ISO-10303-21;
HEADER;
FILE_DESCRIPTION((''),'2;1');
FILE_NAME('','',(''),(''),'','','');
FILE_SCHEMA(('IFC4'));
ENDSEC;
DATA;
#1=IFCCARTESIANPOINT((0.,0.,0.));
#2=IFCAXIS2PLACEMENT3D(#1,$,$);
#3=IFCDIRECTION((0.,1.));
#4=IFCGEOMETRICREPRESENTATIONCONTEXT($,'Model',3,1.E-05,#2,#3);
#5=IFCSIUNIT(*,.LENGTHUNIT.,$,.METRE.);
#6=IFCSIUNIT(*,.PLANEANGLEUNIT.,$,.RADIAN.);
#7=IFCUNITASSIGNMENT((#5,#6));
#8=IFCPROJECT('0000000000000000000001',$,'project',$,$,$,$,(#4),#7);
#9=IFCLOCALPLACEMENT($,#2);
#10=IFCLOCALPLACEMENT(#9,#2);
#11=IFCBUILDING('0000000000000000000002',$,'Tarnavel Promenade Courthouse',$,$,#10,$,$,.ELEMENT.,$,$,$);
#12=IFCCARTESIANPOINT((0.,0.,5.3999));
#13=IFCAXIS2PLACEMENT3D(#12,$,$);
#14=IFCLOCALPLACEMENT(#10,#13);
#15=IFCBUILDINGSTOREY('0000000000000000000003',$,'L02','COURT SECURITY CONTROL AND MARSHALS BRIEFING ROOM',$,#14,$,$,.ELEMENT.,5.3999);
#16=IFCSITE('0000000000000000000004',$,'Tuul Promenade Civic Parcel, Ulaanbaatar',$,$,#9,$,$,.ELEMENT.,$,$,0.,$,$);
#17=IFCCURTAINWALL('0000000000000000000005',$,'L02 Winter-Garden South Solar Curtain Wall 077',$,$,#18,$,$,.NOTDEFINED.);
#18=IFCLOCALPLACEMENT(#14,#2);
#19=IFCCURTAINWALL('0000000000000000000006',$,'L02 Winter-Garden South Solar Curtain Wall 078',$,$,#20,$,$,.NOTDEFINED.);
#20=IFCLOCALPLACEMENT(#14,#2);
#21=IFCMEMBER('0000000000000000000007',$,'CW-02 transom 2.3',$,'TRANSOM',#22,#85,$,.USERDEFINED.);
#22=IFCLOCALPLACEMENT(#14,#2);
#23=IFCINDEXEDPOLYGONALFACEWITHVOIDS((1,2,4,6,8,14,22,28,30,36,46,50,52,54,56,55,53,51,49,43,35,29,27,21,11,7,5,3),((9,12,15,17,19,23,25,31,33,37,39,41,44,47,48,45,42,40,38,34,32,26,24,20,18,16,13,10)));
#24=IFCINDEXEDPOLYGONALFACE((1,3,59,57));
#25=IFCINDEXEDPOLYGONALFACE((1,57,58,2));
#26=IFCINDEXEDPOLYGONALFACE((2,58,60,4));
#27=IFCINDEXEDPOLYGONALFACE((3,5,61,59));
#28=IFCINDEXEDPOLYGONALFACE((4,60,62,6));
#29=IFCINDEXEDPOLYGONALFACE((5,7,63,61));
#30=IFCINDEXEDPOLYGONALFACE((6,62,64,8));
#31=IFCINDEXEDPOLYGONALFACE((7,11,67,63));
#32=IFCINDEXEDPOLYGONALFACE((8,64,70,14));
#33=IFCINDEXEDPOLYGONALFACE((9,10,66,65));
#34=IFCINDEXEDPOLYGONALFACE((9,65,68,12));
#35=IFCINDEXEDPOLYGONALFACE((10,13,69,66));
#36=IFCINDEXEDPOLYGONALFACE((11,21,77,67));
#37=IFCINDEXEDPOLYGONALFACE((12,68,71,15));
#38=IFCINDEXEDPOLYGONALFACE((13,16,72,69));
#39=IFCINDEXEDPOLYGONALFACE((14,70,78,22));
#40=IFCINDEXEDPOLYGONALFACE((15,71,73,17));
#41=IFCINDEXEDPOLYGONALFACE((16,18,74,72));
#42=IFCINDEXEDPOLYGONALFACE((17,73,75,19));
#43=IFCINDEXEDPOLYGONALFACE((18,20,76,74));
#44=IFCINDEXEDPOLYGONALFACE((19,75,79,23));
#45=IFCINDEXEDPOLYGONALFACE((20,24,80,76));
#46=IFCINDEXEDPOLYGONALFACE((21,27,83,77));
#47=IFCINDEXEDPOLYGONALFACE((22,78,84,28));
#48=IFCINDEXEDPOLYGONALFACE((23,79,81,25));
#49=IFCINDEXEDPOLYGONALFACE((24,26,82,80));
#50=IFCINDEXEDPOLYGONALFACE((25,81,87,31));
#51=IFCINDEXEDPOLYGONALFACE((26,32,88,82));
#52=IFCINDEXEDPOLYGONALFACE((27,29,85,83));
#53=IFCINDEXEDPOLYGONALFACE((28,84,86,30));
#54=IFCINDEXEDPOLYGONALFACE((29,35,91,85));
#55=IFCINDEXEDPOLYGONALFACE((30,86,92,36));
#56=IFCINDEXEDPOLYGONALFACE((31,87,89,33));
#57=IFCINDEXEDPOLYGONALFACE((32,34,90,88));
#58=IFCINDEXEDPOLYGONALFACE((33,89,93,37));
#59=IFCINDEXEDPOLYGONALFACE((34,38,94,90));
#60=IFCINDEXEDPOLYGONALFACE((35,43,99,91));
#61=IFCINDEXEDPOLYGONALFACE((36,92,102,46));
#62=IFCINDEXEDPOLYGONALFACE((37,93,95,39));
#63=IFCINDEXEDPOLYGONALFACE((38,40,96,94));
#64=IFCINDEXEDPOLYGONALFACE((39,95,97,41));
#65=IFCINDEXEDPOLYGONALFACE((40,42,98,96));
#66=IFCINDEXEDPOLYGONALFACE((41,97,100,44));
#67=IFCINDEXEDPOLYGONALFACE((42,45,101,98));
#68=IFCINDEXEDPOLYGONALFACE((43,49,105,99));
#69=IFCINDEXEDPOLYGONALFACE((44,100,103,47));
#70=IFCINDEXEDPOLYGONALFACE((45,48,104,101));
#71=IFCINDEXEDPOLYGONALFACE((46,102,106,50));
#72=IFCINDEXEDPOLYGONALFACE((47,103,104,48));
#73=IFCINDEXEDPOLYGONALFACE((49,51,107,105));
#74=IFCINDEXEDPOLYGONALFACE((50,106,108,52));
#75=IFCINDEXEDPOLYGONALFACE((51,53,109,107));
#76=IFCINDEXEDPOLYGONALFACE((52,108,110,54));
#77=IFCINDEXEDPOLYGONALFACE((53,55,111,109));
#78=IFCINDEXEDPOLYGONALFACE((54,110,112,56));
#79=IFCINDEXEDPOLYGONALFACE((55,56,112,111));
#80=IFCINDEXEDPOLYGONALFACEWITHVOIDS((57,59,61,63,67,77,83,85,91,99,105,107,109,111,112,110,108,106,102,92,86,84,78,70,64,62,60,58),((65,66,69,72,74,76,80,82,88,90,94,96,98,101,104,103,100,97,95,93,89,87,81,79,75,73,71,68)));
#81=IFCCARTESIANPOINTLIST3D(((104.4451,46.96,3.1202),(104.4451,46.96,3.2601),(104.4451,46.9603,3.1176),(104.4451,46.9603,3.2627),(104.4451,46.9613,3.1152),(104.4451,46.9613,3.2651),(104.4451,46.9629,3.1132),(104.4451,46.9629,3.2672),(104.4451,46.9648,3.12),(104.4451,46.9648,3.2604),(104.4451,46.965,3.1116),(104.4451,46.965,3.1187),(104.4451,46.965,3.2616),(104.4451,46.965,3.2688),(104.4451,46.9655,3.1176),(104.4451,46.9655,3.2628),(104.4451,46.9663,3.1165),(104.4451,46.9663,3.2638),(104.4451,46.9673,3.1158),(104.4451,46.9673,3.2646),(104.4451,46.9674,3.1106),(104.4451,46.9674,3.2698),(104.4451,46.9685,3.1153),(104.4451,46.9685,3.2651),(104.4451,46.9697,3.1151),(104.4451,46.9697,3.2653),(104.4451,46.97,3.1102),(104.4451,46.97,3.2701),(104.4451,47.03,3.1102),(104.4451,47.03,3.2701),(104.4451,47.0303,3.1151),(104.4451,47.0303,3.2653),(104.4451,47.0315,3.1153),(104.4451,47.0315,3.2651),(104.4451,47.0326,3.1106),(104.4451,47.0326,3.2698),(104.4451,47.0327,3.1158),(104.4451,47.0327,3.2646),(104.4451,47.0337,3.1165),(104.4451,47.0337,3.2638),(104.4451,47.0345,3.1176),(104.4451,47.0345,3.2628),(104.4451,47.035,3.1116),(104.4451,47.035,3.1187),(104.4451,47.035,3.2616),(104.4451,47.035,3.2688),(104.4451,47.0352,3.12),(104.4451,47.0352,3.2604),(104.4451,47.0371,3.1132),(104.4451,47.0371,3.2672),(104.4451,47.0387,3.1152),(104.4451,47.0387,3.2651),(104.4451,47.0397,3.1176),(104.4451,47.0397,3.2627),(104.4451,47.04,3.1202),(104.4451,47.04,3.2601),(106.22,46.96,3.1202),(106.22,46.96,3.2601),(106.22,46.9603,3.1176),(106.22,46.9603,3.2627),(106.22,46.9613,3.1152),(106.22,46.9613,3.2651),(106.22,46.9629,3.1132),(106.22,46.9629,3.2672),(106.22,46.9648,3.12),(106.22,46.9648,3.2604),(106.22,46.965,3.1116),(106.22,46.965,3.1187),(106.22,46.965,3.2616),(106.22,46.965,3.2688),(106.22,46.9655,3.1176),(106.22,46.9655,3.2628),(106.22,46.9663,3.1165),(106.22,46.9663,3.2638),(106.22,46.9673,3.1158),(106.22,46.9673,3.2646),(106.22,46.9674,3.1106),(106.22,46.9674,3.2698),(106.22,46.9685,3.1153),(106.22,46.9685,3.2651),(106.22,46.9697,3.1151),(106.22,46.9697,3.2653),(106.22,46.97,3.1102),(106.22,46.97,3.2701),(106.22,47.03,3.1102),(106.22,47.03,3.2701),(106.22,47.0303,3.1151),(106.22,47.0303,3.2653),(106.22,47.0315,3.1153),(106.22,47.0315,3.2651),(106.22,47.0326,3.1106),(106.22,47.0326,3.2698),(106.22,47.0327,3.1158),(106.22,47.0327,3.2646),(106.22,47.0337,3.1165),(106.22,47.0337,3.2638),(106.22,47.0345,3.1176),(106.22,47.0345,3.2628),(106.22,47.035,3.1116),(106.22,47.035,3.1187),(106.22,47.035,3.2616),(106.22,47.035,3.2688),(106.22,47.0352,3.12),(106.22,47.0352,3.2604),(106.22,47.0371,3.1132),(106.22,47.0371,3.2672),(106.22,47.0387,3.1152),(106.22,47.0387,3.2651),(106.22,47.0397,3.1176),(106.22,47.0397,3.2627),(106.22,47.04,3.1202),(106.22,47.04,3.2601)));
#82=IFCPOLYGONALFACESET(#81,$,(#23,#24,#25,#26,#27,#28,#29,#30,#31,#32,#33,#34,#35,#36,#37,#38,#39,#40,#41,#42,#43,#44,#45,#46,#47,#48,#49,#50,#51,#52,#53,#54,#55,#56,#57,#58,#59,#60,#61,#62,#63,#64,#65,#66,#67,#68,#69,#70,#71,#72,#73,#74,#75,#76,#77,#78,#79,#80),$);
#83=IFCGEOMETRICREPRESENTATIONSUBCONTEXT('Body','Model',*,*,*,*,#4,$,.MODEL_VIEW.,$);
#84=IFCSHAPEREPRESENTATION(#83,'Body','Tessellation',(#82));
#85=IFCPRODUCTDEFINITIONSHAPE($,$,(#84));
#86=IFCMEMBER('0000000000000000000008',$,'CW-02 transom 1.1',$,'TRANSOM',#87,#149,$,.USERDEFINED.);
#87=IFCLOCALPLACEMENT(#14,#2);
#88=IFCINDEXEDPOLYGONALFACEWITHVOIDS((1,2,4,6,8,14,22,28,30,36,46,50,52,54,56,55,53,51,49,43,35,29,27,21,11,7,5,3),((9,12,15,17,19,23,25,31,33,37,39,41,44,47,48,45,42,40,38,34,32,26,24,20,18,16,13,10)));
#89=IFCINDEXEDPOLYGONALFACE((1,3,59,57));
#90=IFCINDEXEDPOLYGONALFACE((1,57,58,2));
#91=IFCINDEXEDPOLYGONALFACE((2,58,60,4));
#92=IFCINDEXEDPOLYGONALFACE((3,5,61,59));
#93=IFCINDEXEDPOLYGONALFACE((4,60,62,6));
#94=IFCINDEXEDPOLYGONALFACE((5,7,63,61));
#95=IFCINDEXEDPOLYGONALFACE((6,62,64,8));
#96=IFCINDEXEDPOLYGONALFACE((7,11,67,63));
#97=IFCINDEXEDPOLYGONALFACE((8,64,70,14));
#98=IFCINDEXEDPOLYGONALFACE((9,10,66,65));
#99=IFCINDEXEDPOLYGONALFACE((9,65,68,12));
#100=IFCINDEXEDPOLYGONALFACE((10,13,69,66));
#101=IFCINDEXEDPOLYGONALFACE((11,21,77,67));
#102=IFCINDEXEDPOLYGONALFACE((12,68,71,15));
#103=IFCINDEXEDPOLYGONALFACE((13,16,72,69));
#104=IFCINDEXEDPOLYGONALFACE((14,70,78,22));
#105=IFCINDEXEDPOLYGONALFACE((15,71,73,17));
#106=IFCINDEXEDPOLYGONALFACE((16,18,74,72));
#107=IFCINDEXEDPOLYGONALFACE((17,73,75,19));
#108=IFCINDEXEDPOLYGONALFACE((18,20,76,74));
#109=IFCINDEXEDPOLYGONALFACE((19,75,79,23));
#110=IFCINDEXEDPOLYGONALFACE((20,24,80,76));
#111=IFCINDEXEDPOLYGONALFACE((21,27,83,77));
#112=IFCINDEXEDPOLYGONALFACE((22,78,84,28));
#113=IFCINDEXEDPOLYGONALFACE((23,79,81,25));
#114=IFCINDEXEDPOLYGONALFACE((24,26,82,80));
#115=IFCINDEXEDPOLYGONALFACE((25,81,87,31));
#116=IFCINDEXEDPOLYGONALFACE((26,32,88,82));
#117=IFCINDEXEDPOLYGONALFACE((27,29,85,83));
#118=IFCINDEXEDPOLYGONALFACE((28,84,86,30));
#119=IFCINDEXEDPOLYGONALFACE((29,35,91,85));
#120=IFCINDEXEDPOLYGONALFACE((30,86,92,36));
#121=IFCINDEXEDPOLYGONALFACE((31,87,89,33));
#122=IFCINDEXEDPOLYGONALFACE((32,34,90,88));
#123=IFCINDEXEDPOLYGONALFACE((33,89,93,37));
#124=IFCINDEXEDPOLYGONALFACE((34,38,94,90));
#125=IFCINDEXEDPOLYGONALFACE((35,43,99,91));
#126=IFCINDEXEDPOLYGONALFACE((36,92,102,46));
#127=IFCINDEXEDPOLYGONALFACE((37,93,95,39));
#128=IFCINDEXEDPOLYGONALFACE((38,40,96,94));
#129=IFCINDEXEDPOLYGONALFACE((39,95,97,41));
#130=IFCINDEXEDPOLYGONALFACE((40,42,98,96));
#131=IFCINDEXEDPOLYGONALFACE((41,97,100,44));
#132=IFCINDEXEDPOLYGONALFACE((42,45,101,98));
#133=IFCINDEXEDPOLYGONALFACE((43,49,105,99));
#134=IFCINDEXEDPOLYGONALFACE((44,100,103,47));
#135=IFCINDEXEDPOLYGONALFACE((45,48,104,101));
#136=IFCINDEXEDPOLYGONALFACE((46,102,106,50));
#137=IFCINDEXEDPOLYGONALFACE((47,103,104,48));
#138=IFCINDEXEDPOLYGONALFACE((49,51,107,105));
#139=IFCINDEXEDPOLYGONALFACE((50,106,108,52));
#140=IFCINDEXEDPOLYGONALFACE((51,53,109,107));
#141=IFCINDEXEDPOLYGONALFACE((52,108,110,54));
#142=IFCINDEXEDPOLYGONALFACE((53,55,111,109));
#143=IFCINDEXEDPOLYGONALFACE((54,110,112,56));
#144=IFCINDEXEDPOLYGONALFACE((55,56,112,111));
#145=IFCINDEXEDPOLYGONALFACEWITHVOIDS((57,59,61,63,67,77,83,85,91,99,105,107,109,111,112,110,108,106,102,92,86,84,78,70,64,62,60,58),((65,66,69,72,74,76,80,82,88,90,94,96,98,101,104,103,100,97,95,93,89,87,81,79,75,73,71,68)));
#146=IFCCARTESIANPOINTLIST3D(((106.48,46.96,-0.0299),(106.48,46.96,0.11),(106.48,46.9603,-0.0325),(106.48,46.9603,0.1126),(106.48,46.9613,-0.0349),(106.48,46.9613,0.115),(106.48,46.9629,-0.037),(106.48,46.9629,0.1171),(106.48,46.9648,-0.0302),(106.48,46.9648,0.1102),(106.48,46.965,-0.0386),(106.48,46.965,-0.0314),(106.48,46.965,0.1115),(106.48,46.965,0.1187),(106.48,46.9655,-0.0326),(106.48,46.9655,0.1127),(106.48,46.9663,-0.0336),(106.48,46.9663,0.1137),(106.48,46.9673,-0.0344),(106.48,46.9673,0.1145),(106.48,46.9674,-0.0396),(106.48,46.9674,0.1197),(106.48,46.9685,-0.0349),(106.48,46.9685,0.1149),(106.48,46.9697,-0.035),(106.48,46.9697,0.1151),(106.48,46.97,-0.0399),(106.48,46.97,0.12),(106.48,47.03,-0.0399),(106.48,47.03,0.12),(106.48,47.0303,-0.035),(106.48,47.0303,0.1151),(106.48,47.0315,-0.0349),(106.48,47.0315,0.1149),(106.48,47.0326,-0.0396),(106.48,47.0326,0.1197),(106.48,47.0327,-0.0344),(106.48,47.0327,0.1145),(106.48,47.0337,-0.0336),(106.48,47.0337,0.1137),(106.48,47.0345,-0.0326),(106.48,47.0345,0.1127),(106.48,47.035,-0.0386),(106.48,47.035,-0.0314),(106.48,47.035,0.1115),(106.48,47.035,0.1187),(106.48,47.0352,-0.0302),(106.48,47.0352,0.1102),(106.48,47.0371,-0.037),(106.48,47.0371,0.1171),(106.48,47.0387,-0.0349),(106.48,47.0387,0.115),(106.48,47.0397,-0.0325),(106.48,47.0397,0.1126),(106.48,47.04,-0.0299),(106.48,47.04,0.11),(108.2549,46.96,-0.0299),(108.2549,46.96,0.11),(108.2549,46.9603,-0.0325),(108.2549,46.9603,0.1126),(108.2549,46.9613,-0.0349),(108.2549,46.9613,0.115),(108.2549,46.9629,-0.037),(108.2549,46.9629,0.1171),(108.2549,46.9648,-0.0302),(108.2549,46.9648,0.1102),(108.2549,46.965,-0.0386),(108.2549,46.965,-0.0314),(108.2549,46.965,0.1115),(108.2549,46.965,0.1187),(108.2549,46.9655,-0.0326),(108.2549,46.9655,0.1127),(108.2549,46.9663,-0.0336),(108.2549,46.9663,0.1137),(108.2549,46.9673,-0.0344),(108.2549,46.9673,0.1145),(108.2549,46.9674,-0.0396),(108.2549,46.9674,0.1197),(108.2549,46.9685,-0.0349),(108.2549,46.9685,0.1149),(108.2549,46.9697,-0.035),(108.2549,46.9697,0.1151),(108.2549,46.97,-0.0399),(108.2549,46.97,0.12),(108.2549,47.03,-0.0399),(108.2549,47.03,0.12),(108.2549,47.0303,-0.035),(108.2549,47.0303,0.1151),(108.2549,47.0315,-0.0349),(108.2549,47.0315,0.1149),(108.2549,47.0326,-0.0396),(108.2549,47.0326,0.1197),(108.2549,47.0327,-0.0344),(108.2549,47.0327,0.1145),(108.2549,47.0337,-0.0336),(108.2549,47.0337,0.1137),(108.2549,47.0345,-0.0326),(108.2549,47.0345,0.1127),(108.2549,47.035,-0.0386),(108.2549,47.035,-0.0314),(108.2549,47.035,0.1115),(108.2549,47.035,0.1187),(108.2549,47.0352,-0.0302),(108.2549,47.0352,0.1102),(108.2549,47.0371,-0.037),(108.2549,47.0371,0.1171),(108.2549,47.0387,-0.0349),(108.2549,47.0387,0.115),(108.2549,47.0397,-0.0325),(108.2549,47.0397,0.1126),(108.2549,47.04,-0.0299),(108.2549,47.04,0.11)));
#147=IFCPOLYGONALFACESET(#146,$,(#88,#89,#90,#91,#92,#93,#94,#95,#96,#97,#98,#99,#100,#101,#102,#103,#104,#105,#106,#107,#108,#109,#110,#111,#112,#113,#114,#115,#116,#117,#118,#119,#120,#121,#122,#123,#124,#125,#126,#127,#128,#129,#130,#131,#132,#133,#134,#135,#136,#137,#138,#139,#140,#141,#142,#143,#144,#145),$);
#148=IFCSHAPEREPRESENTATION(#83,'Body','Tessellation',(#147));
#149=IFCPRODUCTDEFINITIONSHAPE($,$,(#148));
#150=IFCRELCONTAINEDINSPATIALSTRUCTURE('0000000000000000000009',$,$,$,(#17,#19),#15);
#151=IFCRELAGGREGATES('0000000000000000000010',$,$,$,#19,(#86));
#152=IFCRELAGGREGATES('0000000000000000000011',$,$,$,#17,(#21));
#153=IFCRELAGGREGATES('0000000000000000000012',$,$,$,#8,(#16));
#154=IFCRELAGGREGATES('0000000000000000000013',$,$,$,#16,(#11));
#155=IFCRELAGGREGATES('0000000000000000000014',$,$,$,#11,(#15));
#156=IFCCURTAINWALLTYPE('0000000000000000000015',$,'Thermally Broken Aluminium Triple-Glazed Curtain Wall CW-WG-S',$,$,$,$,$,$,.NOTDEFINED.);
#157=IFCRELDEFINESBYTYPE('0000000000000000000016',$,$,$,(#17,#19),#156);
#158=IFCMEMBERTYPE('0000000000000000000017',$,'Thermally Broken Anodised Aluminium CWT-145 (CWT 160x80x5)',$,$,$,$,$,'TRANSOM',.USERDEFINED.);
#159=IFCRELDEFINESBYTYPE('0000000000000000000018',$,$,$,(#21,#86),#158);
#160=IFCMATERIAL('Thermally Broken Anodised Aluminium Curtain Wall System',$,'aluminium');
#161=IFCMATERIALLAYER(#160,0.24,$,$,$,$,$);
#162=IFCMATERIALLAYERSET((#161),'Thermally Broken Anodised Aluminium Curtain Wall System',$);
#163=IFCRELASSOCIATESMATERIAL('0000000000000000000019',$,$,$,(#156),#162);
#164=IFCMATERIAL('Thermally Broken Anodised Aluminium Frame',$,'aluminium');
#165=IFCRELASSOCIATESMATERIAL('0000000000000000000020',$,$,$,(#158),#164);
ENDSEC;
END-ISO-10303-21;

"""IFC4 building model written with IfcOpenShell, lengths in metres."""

from ifc_helpers import new_model, si_unit, direction, frame, origin, origin_2d, place, context, subcontext, project, spatial, hollow_rectangle, extrude, material, layer, layer_set, material_profile, profile_set, type_object, element, aggregate, save


model = new_model("IFC4")

# Units and contexts
model_context = context("Model", 3, precision=1e-05, world=origin(), true_north=direction((0.0, 1.0)))
body_context = subcontext(model_context, "Body", "Model", "MODEL_VIEW")
ifc_project = project(units=[si_unit("LENGTHUNIT", "METRE"), si_unit("PLANEANGLEUNIT", "RADIAN")], contexts=[model_context])

# Site, building, storey
site_placement = place(None, origin())
site = spatial("IfcSite", under=ifc_project, at=site_placement, Name="Tuul Promenade Civic Parcel, Ulaanbaatar", CompositionType="ELEMENT", RefElevation=0.0)
building_placement = place(site_placement, origin())
building = spatial("IfcBuilding", under=site, at=building_placement, Name="Tarnavel Promenade Courthouse", CompositionType="ELEMENT")
storey_placement = place(building_placement, frame((0.0, 0.0, 5.3999)))
storey = spatial("IfcBuildingStorey", under=building, at=storey_placement, Name="L02", Description="COURT SECURITY CONTROL AND MARSHALS BRIEFING ROOM", CompositionType="ELEMENT", Elevation=5.3999)

# Shared definitions
ifc_material_1 = material(Name="Thermally Broken Anodised Aluminium Curtain Wall System", Category="aluminium")
ifc_layer_1 = layer(ifc_material_1, 0.24)
ifc_layer_set_1 = layer_set([ifc_layer_1], Name="Thermally Broken Anodised Aluminium Curtain Wall System")
curtain_wall_type = type_object("IfcCurtainWallType", Name="Thermally Broken Aluminium Triple-Glazed Curtain Wall CW-WG-S", PredefinedType="NOTDEFINED", material=ifc_layer_set_1)
ifc_material_2 = material(Name="Thermally Broken Anodised Aluminium Frame", Category="aluminium")

# Curtain wall
curtain_wall_1_placement = place(storey_placement, origin())
curtain_wall_1 = element("IfcCurtainWall", 1, at=curtain_wall_1_placement, inside=storey, type_object=curtain_wall_type, Name="L02 Winter-Garden South Solar Curtain Wall 077", PredefinedType="NOTDEFINED")

# Curtain wall
curtain_wall_2_placement = place(storey_placement, origin())
curtain_wall_2 = element("IfcCurtainWall", 2, at=curtain_wall_2_placement, inside=storey, type_object=curtain_wall_type, Name="L02 Winter-Garden South Solar Curtain Wall 078", PredefinedType="NOTDEFINED")

# Members
ifc_material_profile_1 = material_profile(ifc_material_2, hollow_rectangle(XDim=0.0801, YDim=0.1599, WallThickness=0.0049, InnerFilletRadius=0.0049, OuterFilletRadius=0.01, at=origin_2d()), Name="CWT 160x80x5")
ifc_profile_set_1 = profile_set([ifc_material_profile_1], Name="Thermally Broken Anodised Aluminium Frame")
member_type_1 = type_object("IfcMemberType", Name="Thermally Broken Anodised Aluminium CWT-145 (CWT 160x80x5)", ElementType="TRANSOM", PredefinedType="USERDEFINED", material=ifc_profile_set_1)
member_1_placement = place(storey_placement, frame((104.4451, 47.0, 3.1902), z_axis=(1.0, 0.0, 0.0), x_axis=(0.0, 1.0, 0.0)))
member_1 = element("IfcMember", 3, at=member_1_placement, type_object=member_type_1, Name="CW-02 transom 2.3", ObjectType="TRANSOM", PredefinedType="USERDEFINED", context=body_context, shape_type="SweptSolid", body=[
    extrude(hollow_rectangle(XDim=0.0801, YDim=0.1599, WallThickness=0.0049, InnerFilletRadius=0.0049, OuterFilletRadius=0.01, at=origin_2d()), origin(), (0.0, 0.0, 1.0), 1.7749),
])
member_2_placement = place(storey_placement, frame((106.48, 47.0, 0.04), z_axis=(1.0, 0.0, 0.0), x_axis=(0.0, 1.0, 0.0)))
member_2 = element("IfcMember", 4, at=member_2_placement, type_object=member_type_1, Name="CW-02 transom 1.1", ObjectType="TRANSOM", PredefinedType="USERDEFINED", context=body_context, shape_type="SweptSolid", body=[
    extrude(hollow_rectangle(XDim=0.0801, YDim=0.1599, WallThickness=0.0049, InnerFilletRadius=0.0049, OuterFilletRadius=0.01, at=origin_2d()), origin(), (0.0, 0.0, 1.0), 1.7749),
])
aggregate(curtain_wall_2, [member_2])

aggregate(curtain_wall_1, [member_1])

save(model, "model.ifc")
